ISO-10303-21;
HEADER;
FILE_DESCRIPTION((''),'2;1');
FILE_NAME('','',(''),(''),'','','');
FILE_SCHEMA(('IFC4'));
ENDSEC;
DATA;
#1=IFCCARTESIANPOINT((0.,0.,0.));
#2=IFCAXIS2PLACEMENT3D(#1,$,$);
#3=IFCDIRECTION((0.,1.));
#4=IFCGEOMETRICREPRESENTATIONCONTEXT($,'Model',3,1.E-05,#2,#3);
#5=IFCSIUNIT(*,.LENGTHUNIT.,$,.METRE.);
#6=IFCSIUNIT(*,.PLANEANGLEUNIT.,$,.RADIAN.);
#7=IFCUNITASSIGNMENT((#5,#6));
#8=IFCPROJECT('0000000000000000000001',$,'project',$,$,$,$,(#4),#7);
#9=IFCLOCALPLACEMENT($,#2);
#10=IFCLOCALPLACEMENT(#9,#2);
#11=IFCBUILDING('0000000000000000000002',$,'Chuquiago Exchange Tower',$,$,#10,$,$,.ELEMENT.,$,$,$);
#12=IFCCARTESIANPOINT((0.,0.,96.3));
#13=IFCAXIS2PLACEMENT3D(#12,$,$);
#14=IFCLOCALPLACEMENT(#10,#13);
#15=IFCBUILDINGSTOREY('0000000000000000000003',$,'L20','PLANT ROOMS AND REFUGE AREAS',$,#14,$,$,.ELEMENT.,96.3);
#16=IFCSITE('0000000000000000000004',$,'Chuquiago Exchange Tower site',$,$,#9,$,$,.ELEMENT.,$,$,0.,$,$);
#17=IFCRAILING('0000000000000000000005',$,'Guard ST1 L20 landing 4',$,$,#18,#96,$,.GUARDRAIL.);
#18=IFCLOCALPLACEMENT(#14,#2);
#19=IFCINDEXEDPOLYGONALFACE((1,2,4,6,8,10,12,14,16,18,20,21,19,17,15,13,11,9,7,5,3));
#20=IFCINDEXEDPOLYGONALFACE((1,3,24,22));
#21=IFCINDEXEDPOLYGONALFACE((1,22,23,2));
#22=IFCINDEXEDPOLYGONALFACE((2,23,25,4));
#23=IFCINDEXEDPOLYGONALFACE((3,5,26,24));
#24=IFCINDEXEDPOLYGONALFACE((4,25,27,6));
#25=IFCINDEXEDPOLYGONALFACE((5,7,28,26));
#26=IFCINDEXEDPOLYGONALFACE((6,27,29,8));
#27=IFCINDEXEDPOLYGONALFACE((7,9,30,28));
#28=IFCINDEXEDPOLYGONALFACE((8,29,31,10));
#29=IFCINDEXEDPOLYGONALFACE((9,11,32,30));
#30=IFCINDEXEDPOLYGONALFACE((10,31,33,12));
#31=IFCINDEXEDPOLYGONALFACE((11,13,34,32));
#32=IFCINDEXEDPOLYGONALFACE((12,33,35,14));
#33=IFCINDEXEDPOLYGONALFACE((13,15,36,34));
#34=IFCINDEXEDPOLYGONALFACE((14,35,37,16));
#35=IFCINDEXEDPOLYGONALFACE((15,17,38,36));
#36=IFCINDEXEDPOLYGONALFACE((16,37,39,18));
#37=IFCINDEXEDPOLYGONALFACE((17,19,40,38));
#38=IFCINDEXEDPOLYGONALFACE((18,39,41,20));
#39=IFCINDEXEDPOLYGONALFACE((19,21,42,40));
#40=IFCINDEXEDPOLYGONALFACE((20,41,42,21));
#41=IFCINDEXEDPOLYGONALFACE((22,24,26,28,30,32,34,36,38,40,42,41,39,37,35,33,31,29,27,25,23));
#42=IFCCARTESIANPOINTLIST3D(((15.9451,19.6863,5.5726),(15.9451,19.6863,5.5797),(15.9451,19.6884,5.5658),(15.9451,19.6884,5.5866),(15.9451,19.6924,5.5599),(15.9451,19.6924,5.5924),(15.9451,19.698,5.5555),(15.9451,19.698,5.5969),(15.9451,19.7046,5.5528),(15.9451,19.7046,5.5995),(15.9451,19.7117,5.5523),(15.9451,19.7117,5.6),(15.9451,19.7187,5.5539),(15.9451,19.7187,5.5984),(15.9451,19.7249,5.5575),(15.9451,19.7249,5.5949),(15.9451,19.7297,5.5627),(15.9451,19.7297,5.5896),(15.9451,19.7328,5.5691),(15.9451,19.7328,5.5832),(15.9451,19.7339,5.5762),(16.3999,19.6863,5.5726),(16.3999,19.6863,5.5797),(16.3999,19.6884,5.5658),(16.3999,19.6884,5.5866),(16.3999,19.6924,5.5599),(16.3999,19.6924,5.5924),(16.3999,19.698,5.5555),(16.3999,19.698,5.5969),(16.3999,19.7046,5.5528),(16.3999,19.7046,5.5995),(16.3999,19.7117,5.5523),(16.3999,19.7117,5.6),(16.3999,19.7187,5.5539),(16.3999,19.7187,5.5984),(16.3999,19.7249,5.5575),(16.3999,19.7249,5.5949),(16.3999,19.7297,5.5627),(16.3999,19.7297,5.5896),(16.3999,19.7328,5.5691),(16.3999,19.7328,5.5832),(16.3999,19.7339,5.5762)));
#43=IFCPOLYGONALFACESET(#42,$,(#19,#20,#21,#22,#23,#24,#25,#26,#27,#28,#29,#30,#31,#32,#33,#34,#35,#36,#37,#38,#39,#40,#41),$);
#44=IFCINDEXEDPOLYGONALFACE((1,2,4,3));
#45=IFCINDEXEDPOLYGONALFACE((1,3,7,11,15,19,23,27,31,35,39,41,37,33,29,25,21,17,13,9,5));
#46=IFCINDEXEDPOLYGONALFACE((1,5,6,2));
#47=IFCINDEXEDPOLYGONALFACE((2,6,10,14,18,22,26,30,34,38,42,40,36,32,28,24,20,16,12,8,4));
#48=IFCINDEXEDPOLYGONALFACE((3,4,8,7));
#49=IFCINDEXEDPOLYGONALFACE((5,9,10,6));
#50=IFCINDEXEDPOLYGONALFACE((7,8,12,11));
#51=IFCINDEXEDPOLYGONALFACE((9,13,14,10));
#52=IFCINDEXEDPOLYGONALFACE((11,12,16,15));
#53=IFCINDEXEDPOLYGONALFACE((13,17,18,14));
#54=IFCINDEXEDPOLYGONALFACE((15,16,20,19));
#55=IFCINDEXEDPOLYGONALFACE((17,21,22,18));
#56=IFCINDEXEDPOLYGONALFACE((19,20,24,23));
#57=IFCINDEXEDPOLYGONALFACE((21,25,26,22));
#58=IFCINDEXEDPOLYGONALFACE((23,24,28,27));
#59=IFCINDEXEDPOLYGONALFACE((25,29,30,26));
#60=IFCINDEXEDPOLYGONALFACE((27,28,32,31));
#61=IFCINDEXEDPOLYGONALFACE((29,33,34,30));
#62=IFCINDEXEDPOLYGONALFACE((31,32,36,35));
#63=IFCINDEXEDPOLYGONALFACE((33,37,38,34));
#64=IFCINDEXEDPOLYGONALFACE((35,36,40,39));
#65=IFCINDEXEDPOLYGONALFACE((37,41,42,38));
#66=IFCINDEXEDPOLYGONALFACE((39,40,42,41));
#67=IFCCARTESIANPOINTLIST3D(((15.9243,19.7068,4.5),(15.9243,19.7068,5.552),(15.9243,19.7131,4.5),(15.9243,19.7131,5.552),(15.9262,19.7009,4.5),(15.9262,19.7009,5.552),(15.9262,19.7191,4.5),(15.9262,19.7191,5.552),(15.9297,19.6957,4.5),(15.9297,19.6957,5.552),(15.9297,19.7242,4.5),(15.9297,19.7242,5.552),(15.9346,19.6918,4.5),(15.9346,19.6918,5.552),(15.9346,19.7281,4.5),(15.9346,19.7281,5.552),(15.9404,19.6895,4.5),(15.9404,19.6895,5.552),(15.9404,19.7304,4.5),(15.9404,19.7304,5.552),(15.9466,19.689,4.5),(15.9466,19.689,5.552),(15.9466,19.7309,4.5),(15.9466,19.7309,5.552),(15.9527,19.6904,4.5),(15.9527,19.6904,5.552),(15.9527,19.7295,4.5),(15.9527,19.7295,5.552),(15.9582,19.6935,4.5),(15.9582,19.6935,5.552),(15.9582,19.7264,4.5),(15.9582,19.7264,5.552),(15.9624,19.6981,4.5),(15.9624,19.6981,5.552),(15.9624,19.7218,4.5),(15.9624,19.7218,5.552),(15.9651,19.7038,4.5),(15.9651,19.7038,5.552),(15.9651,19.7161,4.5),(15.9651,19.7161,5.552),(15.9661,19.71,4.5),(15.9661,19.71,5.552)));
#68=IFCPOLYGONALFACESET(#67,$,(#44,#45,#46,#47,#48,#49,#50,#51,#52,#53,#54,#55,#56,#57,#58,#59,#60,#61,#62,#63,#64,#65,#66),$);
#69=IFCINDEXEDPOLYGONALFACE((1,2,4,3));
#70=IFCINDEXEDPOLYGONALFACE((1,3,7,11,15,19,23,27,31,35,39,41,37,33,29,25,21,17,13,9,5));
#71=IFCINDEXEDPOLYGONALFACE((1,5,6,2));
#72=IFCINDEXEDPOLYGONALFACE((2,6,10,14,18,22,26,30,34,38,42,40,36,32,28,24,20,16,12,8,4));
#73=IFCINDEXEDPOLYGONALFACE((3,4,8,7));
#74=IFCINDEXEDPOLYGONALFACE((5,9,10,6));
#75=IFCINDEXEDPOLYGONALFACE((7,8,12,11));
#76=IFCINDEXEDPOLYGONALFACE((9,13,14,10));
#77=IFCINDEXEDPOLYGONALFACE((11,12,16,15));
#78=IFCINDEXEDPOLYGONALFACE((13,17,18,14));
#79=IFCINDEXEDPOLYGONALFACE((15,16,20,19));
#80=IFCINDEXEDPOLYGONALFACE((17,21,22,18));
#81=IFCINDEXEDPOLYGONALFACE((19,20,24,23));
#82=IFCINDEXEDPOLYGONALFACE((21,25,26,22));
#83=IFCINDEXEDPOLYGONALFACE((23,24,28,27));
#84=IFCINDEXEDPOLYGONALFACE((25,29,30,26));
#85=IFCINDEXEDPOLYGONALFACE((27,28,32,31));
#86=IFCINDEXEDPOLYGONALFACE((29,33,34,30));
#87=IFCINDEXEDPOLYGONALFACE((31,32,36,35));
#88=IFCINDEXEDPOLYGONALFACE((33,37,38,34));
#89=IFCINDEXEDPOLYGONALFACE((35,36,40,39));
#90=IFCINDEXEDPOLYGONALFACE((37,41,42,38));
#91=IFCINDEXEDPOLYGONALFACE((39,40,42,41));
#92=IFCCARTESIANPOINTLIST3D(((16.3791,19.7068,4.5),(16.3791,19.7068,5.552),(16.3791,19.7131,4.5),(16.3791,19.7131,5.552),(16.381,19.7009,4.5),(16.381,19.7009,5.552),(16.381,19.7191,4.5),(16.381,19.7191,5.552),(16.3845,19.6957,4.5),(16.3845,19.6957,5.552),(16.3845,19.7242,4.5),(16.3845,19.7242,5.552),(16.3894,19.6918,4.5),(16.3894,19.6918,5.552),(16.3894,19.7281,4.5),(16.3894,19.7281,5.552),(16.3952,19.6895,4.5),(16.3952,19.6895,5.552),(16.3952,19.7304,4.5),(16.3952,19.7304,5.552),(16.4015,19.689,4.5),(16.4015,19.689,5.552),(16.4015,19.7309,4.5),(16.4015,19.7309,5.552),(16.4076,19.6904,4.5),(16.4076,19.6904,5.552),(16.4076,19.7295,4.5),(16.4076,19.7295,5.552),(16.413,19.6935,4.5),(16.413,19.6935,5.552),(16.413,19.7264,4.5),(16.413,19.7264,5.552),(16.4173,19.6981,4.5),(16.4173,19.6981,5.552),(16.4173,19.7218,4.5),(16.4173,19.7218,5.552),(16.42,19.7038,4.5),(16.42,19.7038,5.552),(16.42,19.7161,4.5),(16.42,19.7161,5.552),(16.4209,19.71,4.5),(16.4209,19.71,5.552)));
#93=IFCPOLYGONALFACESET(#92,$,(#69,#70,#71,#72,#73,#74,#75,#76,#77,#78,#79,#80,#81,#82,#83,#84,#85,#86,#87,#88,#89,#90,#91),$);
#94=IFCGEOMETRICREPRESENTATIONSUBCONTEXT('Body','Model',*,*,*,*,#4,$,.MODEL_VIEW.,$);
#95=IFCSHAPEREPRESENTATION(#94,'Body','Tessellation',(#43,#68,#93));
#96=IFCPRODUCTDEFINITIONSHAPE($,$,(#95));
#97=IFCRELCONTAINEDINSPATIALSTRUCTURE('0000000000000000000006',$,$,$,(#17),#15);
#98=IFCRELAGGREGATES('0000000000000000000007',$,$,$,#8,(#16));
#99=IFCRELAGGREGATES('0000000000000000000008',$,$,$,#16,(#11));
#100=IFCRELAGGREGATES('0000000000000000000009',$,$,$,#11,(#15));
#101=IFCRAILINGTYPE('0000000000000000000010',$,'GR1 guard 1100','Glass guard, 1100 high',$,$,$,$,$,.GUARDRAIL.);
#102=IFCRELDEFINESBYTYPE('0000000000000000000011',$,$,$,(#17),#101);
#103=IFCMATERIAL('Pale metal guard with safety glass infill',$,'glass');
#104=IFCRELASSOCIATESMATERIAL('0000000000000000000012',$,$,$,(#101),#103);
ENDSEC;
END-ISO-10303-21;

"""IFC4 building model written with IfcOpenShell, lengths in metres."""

from ifc_helpers import new_model, si_unit, direction, frame, origin, origin_2d, place, context, subcontext, project, spatial, circle, extrude, material, type_object, element, save


model = new_model("IFC4")

# Units and contexts
model_context = context("Model", 3, precision=1e-05, world=origin(), true_north=direction((0.0, 1.0)))
body_context = subcontext(model_context, "Body", "Model", "MODEL_VIEW")
ifc_project = project(units=[si_unit("LENGTHUNIT", "METRE"), si_unit("PLANEANGLEUNIT", "RADIAN")], contexts=[model_context])

# Site, building, storey
site_placement = place(None, origin())
site = spatial("IfcSite", under=ifc_project, at=site_placement, Name="Chuquiago Exchange Tower site", CompositionType="ELEMENT", RefElevation=0.0)
building_placement = place(site_placement, origin())
building = spatial("IfcBuilding", under=site, at=building_placement, Name="Chuquiago Exchange Tower", CompositionType="ELEMENT")
storey_placement = place(building_placement, frame((0.0, 0.0, 96.3)))
storey = spatial("IfcBuildingStorey", under=building, at=storey_placement, Name="L20", Description="PLANT ROOMS AND REFUGE AREAS", CompositionType="ELEMENT", Elevation=96.3)

# Railing
ifc_material_1 = material(Name="Pale metal guard with safety glass infill", Category="glass")
railing_type_1 = type_object("IfcRailingType", Name="GR1 guard 1100", Description="Glass guard, 1100 high", PredefinedType="GUARDRAIL", material=ifc_material_1)
for number, where, name in (
    (1, (15.9451, 19.71, 4.5), "Guard ST1 L20 landing 4"),
):
    element("IfcRailing", number, at=place(storey_placement, frame(where)), inside=storey, type_object=railing_type_1, Name=name, PredefinedType="GUARDRAIL", context=body_context, shape_type="SweptSolid", body=[
        extrude(circle(Radius=0.0239, at=origin_2d()), frame((0.0, 0.0, 1.0762), z_axis=(1.0, 0.0, 0.0), x_axis=(0.0, 1.0, 0.0)), (0.0, 0.0, 1.0), 0.4548),
        extrude(circle(Radius=0.021, at=origin_2d()), origin(), (0.0, 0.0, 1.0), 1.052),
        extrude(circle(Radius=0.021, at=origin_2d()), frame((0.4548, 0.0, 0.0)), (0.0, 0.0, 1.0), 1.052),
    ])

save(model, "model.ifc")
